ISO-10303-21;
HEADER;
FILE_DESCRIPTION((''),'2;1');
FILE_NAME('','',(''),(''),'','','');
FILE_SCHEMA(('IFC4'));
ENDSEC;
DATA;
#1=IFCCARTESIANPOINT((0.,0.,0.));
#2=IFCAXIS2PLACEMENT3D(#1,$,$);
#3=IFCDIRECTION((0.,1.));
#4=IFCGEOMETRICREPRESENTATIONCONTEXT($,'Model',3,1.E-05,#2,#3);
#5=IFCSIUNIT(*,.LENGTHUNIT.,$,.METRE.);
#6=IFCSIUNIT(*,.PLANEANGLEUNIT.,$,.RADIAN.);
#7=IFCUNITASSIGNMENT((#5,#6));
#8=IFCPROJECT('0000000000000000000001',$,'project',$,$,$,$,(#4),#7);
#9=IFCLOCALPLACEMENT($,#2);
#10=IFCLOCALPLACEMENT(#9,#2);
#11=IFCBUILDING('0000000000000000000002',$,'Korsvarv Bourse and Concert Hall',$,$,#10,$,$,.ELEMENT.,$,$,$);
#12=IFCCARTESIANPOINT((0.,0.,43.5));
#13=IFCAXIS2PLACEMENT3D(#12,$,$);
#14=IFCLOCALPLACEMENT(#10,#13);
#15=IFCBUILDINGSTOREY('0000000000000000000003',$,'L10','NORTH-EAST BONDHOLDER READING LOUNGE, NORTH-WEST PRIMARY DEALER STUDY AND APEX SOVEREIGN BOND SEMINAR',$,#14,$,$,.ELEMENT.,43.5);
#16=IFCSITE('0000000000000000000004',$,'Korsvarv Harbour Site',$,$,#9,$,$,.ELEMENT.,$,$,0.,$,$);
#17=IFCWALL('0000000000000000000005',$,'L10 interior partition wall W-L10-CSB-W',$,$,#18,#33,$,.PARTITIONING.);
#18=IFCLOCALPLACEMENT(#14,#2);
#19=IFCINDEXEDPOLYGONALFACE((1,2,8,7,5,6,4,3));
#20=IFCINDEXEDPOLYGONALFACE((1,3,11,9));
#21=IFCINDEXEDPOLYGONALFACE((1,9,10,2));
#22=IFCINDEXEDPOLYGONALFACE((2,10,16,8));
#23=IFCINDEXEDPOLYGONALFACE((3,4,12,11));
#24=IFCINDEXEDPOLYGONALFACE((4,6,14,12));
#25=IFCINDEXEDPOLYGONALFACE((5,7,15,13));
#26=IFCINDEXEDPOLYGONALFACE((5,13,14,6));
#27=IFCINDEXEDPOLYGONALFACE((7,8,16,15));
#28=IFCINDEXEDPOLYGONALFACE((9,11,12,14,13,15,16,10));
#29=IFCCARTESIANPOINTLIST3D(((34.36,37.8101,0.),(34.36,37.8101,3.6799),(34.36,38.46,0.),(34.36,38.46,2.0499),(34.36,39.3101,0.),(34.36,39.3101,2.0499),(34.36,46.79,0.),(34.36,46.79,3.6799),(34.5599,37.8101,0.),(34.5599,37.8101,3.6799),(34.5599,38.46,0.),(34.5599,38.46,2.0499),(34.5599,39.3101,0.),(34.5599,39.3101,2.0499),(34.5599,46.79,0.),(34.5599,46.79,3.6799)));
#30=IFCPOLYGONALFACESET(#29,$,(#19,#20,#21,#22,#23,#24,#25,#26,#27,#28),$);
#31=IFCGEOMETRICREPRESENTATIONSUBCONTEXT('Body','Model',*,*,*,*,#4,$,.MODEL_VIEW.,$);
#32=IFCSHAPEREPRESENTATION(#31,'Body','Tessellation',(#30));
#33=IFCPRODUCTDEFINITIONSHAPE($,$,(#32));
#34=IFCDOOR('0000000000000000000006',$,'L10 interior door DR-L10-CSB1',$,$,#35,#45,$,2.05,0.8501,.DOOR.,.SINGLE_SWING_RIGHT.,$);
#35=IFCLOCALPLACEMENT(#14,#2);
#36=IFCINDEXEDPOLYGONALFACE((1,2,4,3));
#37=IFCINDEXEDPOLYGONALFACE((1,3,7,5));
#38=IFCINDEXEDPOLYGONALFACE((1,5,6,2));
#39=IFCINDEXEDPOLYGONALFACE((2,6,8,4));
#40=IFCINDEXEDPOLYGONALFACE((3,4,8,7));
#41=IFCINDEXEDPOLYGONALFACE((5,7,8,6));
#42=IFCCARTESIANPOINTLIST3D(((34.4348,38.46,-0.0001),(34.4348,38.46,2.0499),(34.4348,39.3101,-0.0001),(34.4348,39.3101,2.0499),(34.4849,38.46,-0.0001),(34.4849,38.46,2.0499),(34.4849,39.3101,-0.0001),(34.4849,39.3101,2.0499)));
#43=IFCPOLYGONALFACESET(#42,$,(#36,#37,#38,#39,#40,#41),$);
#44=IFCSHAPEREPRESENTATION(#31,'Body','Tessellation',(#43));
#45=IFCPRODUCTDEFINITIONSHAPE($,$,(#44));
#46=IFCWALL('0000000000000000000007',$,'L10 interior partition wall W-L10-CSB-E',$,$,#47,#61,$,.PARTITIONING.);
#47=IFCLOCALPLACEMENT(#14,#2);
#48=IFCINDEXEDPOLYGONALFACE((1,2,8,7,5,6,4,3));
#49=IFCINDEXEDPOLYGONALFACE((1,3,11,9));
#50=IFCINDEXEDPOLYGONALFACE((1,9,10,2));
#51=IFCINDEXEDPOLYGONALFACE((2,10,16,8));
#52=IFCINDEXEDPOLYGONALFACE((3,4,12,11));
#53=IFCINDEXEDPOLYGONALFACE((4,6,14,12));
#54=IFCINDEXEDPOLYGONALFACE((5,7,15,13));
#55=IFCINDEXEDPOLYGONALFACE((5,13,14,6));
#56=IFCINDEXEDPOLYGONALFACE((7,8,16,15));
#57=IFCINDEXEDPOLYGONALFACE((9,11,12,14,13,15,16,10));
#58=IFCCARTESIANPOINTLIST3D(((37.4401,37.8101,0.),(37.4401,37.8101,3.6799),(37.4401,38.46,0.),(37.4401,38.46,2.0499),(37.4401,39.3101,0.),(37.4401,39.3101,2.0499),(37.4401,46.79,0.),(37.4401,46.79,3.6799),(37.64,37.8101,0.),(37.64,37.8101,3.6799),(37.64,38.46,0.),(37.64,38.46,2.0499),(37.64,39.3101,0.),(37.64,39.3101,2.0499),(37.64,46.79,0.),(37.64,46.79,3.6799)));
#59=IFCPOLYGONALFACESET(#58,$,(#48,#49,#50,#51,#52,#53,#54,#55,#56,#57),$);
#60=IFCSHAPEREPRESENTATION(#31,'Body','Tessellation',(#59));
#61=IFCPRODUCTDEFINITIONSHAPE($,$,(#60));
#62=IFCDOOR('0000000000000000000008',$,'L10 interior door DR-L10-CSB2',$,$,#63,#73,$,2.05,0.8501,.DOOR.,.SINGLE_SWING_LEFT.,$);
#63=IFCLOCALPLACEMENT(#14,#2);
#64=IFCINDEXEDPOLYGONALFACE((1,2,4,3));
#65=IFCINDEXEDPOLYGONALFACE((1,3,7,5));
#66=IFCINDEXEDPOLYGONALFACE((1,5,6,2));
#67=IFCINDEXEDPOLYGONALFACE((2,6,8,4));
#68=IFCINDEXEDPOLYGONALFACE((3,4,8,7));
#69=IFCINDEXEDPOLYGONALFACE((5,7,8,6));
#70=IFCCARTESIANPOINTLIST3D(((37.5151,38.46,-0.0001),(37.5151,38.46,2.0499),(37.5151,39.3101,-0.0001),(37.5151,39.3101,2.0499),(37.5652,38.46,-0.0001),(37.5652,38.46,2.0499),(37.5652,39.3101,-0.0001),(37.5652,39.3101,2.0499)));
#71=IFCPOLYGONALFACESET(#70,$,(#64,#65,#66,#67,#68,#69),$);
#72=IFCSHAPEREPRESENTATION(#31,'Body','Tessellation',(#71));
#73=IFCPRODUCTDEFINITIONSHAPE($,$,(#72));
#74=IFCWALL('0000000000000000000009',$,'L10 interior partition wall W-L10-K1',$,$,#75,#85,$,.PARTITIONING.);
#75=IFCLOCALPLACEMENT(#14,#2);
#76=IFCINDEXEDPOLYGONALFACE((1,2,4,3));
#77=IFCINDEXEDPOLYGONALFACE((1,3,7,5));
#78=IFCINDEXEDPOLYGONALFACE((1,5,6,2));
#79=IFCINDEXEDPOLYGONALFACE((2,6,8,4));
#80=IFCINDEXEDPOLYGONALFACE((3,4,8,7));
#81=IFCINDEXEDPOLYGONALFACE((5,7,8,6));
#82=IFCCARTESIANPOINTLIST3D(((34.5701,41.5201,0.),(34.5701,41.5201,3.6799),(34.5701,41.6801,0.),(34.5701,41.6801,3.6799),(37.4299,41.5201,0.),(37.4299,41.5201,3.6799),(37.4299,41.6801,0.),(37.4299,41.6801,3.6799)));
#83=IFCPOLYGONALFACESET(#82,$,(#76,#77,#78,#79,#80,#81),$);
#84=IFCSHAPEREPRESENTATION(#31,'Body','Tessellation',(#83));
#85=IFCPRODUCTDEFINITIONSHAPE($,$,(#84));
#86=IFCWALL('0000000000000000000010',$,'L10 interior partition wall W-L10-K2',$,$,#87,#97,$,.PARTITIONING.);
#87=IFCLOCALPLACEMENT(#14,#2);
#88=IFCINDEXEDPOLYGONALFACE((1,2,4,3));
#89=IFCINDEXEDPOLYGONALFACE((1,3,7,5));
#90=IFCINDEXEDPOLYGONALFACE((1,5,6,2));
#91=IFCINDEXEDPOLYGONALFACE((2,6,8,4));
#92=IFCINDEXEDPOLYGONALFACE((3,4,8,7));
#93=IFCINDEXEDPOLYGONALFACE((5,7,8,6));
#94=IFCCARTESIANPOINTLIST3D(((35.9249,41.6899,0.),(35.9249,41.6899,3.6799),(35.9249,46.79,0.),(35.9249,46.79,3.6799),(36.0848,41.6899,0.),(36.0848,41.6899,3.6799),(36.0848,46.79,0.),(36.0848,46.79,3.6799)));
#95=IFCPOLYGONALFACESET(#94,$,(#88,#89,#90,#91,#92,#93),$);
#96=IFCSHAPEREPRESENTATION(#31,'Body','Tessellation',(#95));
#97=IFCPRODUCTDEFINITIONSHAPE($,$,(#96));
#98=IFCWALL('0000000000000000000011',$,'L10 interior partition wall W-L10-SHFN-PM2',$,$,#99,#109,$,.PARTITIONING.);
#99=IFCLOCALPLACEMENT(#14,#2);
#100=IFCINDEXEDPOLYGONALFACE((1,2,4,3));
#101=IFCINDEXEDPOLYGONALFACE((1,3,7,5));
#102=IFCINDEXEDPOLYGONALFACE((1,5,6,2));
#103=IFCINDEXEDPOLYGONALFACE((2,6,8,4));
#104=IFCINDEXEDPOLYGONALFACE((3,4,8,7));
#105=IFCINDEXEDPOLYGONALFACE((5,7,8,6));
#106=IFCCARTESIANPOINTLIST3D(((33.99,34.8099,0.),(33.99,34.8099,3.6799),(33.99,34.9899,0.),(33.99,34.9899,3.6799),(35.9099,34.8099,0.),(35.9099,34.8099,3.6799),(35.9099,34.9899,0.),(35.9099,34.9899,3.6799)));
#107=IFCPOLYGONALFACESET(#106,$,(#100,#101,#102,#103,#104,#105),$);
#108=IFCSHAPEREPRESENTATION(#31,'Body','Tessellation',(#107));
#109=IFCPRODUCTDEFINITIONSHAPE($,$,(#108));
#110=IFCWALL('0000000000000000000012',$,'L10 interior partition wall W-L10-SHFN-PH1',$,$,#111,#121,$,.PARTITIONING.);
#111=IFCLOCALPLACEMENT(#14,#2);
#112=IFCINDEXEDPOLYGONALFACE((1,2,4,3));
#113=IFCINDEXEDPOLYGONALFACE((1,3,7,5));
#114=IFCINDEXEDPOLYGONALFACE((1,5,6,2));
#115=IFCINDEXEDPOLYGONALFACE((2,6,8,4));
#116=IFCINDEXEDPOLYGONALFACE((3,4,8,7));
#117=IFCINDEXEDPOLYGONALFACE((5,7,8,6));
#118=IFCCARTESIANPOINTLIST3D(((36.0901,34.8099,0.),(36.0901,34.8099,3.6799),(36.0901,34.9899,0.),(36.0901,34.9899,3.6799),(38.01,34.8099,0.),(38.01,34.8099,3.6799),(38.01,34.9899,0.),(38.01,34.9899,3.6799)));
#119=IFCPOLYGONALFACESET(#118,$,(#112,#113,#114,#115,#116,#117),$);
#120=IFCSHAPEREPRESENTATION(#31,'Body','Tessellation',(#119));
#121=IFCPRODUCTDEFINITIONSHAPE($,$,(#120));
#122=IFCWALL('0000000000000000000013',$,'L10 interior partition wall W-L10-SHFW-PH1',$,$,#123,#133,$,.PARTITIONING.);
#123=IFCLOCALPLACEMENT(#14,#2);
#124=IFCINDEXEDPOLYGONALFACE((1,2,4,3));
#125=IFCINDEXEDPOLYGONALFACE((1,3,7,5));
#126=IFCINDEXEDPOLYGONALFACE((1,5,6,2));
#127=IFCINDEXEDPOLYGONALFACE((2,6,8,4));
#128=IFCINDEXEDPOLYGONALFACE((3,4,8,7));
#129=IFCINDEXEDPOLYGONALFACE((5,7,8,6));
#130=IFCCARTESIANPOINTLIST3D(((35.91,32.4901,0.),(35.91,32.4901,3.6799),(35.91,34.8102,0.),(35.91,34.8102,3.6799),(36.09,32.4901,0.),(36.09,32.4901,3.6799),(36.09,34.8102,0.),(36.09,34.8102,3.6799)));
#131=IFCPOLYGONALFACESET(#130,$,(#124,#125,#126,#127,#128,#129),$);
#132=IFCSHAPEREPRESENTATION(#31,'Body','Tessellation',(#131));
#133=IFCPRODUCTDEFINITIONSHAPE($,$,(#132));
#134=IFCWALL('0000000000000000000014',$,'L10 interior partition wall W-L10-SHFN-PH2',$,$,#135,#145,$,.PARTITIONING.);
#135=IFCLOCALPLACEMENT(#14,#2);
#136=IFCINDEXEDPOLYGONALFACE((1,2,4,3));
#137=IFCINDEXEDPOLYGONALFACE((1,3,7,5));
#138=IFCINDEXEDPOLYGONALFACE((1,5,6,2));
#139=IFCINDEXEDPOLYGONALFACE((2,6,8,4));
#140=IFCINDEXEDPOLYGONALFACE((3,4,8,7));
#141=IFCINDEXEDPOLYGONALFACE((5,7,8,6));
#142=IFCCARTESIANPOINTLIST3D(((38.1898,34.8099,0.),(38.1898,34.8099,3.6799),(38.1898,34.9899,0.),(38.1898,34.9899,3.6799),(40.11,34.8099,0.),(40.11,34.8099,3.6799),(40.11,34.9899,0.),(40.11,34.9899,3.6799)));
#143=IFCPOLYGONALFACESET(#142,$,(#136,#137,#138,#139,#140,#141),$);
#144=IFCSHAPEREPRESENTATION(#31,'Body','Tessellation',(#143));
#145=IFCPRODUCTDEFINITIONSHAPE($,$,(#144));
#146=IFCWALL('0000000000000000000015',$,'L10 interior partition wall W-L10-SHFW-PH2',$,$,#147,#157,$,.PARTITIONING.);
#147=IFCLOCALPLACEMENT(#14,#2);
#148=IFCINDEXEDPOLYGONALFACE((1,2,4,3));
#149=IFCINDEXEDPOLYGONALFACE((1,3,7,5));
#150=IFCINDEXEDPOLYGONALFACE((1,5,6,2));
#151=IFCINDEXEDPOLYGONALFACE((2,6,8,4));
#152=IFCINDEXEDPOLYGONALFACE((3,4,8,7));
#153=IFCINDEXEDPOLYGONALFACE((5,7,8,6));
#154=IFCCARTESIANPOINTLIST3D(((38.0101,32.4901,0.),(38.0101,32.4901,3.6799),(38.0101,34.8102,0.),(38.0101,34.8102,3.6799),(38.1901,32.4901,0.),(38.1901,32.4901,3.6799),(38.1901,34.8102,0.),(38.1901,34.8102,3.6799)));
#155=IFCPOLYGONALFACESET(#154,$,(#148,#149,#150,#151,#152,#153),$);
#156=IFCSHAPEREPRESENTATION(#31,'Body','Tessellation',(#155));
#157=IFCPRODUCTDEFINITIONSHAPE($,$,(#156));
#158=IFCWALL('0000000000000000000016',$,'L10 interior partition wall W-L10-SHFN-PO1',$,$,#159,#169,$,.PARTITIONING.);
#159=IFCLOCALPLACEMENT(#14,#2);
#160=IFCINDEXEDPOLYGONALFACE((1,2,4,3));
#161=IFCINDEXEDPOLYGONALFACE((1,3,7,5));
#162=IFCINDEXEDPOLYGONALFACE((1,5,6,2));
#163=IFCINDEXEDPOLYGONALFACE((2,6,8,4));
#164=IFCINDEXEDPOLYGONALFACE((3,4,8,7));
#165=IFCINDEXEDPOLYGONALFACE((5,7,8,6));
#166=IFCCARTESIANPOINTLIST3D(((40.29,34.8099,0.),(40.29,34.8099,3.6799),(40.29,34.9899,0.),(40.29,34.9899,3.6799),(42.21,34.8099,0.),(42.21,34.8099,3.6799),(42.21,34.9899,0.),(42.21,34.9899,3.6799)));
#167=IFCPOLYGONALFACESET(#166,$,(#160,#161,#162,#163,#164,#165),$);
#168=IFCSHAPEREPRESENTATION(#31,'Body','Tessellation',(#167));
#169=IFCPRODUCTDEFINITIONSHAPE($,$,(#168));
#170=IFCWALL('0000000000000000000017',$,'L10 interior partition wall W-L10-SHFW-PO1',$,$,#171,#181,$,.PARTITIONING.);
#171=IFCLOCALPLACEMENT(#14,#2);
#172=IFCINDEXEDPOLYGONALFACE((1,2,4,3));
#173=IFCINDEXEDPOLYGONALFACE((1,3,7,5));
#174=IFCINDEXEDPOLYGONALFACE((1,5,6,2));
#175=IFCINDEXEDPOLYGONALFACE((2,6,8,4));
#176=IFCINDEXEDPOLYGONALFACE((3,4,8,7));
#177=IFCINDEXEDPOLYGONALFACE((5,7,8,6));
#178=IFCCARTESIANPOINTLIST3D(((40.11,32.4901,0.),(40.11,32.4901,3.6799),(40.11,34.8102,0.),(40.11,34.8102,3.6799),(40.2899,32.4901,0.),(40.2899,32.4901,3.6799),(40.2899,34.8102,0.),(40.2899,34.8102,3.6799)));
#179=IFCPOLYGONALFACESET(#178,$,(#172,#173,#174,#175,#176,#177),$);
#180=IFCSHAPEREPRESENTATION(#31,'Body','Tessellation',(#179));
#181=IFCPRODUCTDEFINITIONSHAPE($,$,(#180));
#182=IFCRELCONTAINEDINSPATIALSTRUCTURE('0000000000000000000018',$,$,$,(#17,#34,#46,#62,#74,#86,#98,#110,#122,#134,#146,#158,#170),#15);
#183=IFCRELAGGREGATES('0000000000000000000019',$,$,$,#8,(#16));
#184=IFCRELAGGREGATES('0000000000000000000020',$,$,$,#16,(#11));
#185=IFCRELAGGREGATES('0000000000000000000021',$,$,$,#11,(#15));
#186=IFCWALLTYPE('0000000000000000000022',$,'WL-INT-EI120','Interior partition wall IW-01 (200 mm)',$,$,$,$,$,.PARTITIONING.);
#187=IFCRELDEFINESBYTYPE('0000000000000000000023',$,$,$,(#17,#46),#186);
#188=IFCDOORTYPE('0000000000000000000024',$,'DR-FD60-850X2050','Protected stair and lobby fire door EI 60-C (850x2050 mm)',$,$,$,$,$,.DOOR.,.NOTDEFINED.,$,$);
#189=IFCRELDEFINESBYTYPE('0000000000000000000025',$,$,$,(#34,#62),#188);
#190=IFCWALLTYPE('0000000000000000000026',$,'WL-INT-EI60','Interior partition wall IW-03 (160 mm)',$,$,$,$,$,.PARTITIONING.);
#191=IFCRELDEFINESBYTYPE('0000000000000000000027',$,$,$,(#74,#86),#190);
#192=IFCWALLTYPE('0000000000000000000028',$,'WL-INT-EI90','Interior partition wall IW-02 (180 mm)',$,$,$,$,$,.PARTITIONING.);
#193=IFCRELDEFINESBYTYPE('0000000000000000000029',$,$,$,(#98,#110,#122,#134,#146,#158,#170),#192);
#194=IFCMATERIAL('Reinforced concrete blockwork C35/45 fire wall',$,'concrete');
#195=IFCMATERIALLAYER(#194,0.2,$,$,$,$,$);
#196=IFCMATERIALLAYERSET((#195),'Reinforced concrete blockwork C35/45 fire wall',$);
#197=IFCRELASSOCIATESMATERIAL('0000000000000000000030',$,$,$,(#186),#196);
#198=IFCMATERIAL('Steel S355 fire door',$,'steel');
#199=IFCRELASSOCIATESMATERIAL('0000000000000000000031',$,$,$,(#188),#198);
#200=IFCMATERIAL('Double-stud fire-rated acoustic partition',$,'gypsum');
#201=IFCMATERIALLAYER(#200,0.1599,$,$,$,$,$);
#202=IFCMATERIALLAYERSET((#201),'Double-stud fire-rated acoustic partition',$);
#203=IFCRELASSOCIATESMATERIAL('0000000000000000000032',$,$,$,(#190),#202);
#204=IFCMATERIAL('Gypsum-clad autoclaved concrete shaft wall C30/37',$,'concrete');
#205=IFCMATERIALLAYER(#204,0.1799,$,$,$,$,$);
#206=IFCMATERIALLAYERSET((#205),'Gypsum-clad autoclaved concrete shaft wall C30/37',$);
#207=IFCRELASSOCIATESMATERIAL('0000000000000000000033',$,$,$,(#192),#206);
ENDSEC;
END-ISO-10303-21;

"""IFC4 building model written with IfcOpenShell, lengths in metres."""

from ifc_helpers import new_model, si_unit, direction, frame, frame_2d, origin, place, context, subcontext, project, spatial, rectangle, extrude, material, layer, layer_set, type_object, element, fill, save


model = new_model("IFC4")

# Units and contexts
model_context = context("Model", 3, precision=1e-05, world=origin(), true_north=direction((0.0, 1.0)))
body_context = subcontext(model_context, "Body", "Model", "MODEL_VIEW")
ifc_project = project(units=[si_unit("LENGTHUNIT", "METRE"), si_unit("PLANEANGLEUNIT", "RADIAN")], contexts=[model_context])

# Site, building, storey
site_placement = place(None, origin())
site = spatial("IfcSite", under=ifc_project, at=site_placement, Name="Korsvarv Harbour Site", CompositionType="ELEMENT", RefElevation=0.0)
building_placement = place(site_placement, origin())
building = spatial("IfcBuilding", under=site, at=building_placement, Name="Korsvarv Bourse and Concert Hall", CompositionType="ELEMENT")
storey_placement = place(building_placement, frame((0.0, 0.0, 43.5)))
storey = spatial("IfcBuildingStorey", under=building, at=storey_placement, Name="L10", Description="NORTH-EAST BONDHOLDER READING LOUNGE, NORTH-WEST PRIMARY DEALER STUDY AND APEX SOVEREIGN BOND SEMINAR", CompositionType="ELEMENT", Elevation=43.5)

# Shared definitions
ifc_material_1 = material(Name="Steel S355 fire door", Category="steel")

# Walls, openings, doors
ifc_material_2 = material(Name="Reinforced concrete blockwork C35/45 fire wall", Category="concrete")
ifc_layer_1 = layer(ifc_material_2, 0.2)
ifc_layer_set_1 = layer_set([ifc_layer_1], Name="Reinforced concrete blockwork C35/45 fire wall")
wall_type_1 = type_object("IfcWallType", Name="WL-INT-EI120", Description="Interior partition wall IW-01 (200 mm)", PredefinedType="PARTITIONING", material=ifc_layer_set_1)
wall_1_placement = place(storey_placement, frame((34.46, 37.8101, 0.0), z_axis=(0.0, 0.0, 1.0), x_axis=(0.0, 1.0, 0.0)))
wall_1 = element("IfcWall", 1, at=wall_1_placement, inside=storey, type_object=wall_type_1, Name="L10 interior partition wall W-L10-CSB-W", PredefinedType="PARTITIONING", context=body_context, shape_type="SweptSolid", body=[
    extrude(rectangle(XDim=8.98, YDim=0.2, at=frame_2d((4.49, 0.0))), origin(), (0.0, 0.0, 1.0), 3.6799),
])
opening_1_placement = place(wall_1_placement, frame((0.6499, 0.0, 0.0)))
opening_1 = element("IfcOpeningElement", 2, at=opening_1_placement, cuts=wall_1, PredefinedType="OPENING", context=body_context, shape_type="SweptSolid", body=[
    extrude(rectangle(XDim=0.8501, YDim=2.05, at=frame_2d((0.425, 1.0249))), frame((0.0, 0.1099, 0.0), z_axis=(0.0, -1.0, 0.0), x_axis=(1.0, 0.0, 0.0)), (0.0, 0.0, 1.0), 0.22),
])
door_type_1 = type_object("IfcDoorType", Name="DR-FD60-850X2050", Description="Protected stair and lobby fire door EI 60-C (850x2050 mm)", OperationType="NOTDEFINED", PredefinedType="DOOR", material=ifc_material_1)
door_1_placement = place(opening_1_placement, frame((0.8501, 0.0, 0.0), z_axis=(0.0, 0.0, 1.0), x_axis=(-1.0, 0.0, 0.0)))
door_1 = element("IfcDoor", 3, at=door_1_placement, inside=storey, type_object=door_type_1, Name="L10 interior door DR-L10-CSB1", OperationType="SINGLE_SWING_RIGHT", OverallHeight=2.05, OverallWidth=0.8501, PredefinedType="DOOR", context=body_context, shape_type="SweptSolid", body=[
    extrude(rectangle(XDim=0.8501, YDim=2.05, at=frame_2d((0.425, 1.0249))), frame((0.0, 0.0249, 0.0), z_axis=(0.0, -1.0, 0.0), x_axis=(1.0, 0.0, 0.0)), (0.0, 0.0, 1.0), 0.05),
])
fill(opening_1, door_1)
wall_2_placement = place(storey_placement, frame((37.54, 37.8101, 0.0), z_axis=(0.0, 0.0, 1.0), x_axis=(0.0, 1.0, 0.0)))
wall_2 = element("IfcWall", 4, at=wall_2_placement, inside=storey, type_object=wall_type_1, Name="L10 interior partition wall W-L10-CSB-E", PredefinedType="PARTITIONING", context=body_context, shape_type="SweptSolid", body=[
    extrude(rectangle(XDim=8.98, YDim=0.2, at=frame_2d((4.49, 0.0))), origin(), (0.0, 0.0, 1.0), 3.6799),
])
opening_2_placement = place(wall_2_placement, frame((0.6499, 0.0, 0.0)))
opening_2 = element("IfcOpeningElement", 5, at=opening_2_placement, cuts=wall_2, PredefinedType="OPENING", context=body_context, shape_type="SweptSolid", body=[
    extrude(rectangle(XDim=0.8501, YDim=2.05, at=frame_2d((0.425, 1.0249))), frame((0.0, 0.1099, 0.0), z_axis=(0.0, -1.0, 0.0), x_axis=(1.0, 0.0, 0.0)), (0.0, 0.0, 1.0), 0.22),
])
door_2_placement = place(opening_2_placement, origin())
door_2 = element("IfcDoor", 6, at=door_2_placement, inside=storey, type_object=door_type_1, Name="L10 interior door DR-L10-CSB2", OperationType="SINGLE_SWING_LEFT", OverallHeight=2.05, OverallWidth=0.8501, PredefinedType="DOOR", context=body_context, shape_type="SweptSolid", body=[
    extrude(rectangle(XDim=0.8501, YDim=2.05, at=frame_2d((0.425, 1.0249))), frame((0.0, 0.0249, 0.0), z_axis=(0.0, -1.0, 0.0), x_axis=(1.0, 0.0, 0.0)), (0.0, 0.0, 1.0), 0.05),
])
fill(opening_2, door_2)

# Walls
ifc_material_3 = material(Name="Double-stud fire-rated acoustic partition", Category="gypsum")
ifc_layer_2 = layer(ifc_material_3, 0.1599)
ifc_layer_set_2 = layer_set([ifc_layer_2], Name="Double-stud fire-rated acoustic partition")
wall_type_2 = type_object("IfcWallType", Name="WL-INT-EI60", Description="Interior partition wall IW-03 (160 mm)", PredefinedType="PARTITIONING", material=ifc_layer_set_2)
wall_3_placement = place(storey_placement, frame((34.5701, 41.6001, 0.0), z_axis=(0.0, 0.0, 1.0), x_axis=(1.0, 0.0, 0.0)))
element("IfcWall", 7, at=wall_3_placement, inside=storey, type_object=wall_type_2, Name="L10 interior partition wall W-L10-K1", PredefinedType="PARTITIONING", context=body_context, shape_type="SweptSolid", body=[
    extrude(rectangle(XDim=2.8599, YDim=0.1599, at=frame_2d((1.4299, 0.0))), origin(), (0.0, 0.0, 1.0), 3.6799),
])
wall_4_placement = place(storey_placement, frame((36.0049, 41.6899, 0.0), z_axis=(0.0, 0.0, 1.0), x_axis=(0.0, 1.0, 0.0)))
element("IfcWall", 8, at=wall_4_placement, inside=storey, type_object=wall_type_2, Name="L10 interior partition wall W-L10-K2", PredefinedType="PARTITIONING", context=body_context, shape_type="SweptSolid", body=[
    extrude(rectangle(XDim=5.1001, YDim=0.1599, at=frame_2d((2.55, 0.0))), origin(), (0.0, 0.0, 1.0), 3.6799),
])
ifc_material_4 = material(Name="Gypsum-clad autoclaved concrete shaft wall C30/37", Category="concrete")
ifc_layer_3 = layer(ifc_material_4, 0.1799)
ifc_layer_set_3 = layer_set([ifc_layer_3], Name="Gypsum-clad autoclaved concrete shaft wall C30/37")
wall_type_3 = type_object("IfcWallType", Name="WL-INT-EI90", Description="Interior partition wall IW-02 (180 mm)", PredefinedType="PARTITIONING", material=ifc_layer_set_3)
for number, where, z_axis, x_axis, name in (
    (9, (33.99, 34.8999, 0.0), (0.0, 0.0, 1.0), (1.0, 0.0, 0.0), "L10 interior partition wall W-L10-SHFN-PM2"),
    (10, (36.0901, 34.8999, 0.0), (0.0, 0.0, 1.0), (1.0, 0.0, 0.0), "L10 interior partition wall W-L10-SHFN-PH1"),
):
    element("IfcWall", number, at=place(storey_placement, frame(where, z_axis=z_axis, x_axis=x_axis)), inside=storey, type_object=wall_type_3, Name=name, PredefinedType="PARTITIONING", context=body_context, shape_type="SweptSolid", body=[
        extrude(rectangle(XDim=1.9199, YDim=0.1799, at=frame_2d((0.96, 0.0))), origin(), (0.0, 0.0, 1.0), 3.6799),
    ])
wall_5_placement = place(storey_placement, frame((36.0, 32.49, 0.0), z_axis=(0.0, 0.0, 1.0), x_axis=(0.0, 1.0, 0.0)))
element("IfcWall", 11, at=wall_5_placement, inside=storey, type_object=wall_type_3, Name="L10 interior partition wall W-L10-SHFW-PH1", PredefinedType="PARTITIONING", context=body_context, shape_type="SweptSolid", body=[
    extrude(rectangle(XDim=2.3201, YDim=0.1799, at=frame_2d((1.1602, 0.0))), origin(), (0.0, 0.0, 1.0), 3.6799),
])
wall_6_placement = place(storey_placement, frame((38.1899, 34.8999, 0.0), z_axis=(0.0, 0.0, 1.0), x_axis=(1.0, 0.0, 0.0)))
element("IfcWall", 12, at=wall_6_placement, inside=storey, type_object=wall_type_3, Name="L10 interior partition wall W-L10-SHFN-PH2", PredefinedType="PARTITIONING", context=body_context, shape_type="SweptSolid", body=[
    extrude(rectangle(XDim=1.9202, YDim=0.1799, at=frame_2d((0.96, 0.0))), origin(), (0.0, 0.0, 1.0), 3.6799),
])
wall_7_placement = place(storey_placement, frame((38.1001, 32.49, 0.0), z_axis=(0.0, 0.0, 1.0), x_axis=(0.0, 1.0, 0.0)))
element("IfcWall", 13, at=wall_7_placement, inside=storey, type_object=wall_type_3, Name="L10 interior partition wall W-L10-SHFW-PH2", PredefinedType="PARTITIONING", context=body_context, shape_type="SweptSolid", body=[
    extrude(rectangle(XDim=2.3201, YDim=0.1799, at=frame_2d((1.1602, 0.0))), origin(), (0.0, 0.0, 1.0), 3.6799),
])
wall_8_placement = place(storey_placement, frame((40.29, 34.8999, 0.0), z_axis=(0.0, 0.0, 1.0), x_axis=(1.0, 0.0, 0.0)))
element("IfcWall", 14, at=wall_8_placement, inside=storey, type_object=wall_type_3, Name="L10 interior partition wall W-L10-SHFN-PO1", PredefinedType="PARTITIONING", context=body_context, shape_type="SweptSolid", body=[
    extrude(rectangle(XDim=1.9199, YDim=0.1799, at=frame_2d((0.96, 0.0))), origin(), (0.0, 0.0, 1.0), 3.6799),
])
wall_9_placement = place(storey_placement, frame((40.2, 32.49, 0.0), z_axis=(0.0, 0.0, 1.0), x_axis=(0.0, 1.0, 0.0)))
element("IfcWall", 15, at=wall_9_placement, inside=storey, type_object=wall_type_3, Name="L10 interior partition wall W-L10-SHFW-PO1", PredefinedType="PARTITIONING", context=body_context, shape_type="SweptSolid", body=[
    extrude(rectangle(XDim=2.3201, YDim=0.1799, at=frame_2d((1.1602, 0.0))), origin(), (0.0, 0.0, 1.0), 3.6799),
])

save(model, "model.ifc")
